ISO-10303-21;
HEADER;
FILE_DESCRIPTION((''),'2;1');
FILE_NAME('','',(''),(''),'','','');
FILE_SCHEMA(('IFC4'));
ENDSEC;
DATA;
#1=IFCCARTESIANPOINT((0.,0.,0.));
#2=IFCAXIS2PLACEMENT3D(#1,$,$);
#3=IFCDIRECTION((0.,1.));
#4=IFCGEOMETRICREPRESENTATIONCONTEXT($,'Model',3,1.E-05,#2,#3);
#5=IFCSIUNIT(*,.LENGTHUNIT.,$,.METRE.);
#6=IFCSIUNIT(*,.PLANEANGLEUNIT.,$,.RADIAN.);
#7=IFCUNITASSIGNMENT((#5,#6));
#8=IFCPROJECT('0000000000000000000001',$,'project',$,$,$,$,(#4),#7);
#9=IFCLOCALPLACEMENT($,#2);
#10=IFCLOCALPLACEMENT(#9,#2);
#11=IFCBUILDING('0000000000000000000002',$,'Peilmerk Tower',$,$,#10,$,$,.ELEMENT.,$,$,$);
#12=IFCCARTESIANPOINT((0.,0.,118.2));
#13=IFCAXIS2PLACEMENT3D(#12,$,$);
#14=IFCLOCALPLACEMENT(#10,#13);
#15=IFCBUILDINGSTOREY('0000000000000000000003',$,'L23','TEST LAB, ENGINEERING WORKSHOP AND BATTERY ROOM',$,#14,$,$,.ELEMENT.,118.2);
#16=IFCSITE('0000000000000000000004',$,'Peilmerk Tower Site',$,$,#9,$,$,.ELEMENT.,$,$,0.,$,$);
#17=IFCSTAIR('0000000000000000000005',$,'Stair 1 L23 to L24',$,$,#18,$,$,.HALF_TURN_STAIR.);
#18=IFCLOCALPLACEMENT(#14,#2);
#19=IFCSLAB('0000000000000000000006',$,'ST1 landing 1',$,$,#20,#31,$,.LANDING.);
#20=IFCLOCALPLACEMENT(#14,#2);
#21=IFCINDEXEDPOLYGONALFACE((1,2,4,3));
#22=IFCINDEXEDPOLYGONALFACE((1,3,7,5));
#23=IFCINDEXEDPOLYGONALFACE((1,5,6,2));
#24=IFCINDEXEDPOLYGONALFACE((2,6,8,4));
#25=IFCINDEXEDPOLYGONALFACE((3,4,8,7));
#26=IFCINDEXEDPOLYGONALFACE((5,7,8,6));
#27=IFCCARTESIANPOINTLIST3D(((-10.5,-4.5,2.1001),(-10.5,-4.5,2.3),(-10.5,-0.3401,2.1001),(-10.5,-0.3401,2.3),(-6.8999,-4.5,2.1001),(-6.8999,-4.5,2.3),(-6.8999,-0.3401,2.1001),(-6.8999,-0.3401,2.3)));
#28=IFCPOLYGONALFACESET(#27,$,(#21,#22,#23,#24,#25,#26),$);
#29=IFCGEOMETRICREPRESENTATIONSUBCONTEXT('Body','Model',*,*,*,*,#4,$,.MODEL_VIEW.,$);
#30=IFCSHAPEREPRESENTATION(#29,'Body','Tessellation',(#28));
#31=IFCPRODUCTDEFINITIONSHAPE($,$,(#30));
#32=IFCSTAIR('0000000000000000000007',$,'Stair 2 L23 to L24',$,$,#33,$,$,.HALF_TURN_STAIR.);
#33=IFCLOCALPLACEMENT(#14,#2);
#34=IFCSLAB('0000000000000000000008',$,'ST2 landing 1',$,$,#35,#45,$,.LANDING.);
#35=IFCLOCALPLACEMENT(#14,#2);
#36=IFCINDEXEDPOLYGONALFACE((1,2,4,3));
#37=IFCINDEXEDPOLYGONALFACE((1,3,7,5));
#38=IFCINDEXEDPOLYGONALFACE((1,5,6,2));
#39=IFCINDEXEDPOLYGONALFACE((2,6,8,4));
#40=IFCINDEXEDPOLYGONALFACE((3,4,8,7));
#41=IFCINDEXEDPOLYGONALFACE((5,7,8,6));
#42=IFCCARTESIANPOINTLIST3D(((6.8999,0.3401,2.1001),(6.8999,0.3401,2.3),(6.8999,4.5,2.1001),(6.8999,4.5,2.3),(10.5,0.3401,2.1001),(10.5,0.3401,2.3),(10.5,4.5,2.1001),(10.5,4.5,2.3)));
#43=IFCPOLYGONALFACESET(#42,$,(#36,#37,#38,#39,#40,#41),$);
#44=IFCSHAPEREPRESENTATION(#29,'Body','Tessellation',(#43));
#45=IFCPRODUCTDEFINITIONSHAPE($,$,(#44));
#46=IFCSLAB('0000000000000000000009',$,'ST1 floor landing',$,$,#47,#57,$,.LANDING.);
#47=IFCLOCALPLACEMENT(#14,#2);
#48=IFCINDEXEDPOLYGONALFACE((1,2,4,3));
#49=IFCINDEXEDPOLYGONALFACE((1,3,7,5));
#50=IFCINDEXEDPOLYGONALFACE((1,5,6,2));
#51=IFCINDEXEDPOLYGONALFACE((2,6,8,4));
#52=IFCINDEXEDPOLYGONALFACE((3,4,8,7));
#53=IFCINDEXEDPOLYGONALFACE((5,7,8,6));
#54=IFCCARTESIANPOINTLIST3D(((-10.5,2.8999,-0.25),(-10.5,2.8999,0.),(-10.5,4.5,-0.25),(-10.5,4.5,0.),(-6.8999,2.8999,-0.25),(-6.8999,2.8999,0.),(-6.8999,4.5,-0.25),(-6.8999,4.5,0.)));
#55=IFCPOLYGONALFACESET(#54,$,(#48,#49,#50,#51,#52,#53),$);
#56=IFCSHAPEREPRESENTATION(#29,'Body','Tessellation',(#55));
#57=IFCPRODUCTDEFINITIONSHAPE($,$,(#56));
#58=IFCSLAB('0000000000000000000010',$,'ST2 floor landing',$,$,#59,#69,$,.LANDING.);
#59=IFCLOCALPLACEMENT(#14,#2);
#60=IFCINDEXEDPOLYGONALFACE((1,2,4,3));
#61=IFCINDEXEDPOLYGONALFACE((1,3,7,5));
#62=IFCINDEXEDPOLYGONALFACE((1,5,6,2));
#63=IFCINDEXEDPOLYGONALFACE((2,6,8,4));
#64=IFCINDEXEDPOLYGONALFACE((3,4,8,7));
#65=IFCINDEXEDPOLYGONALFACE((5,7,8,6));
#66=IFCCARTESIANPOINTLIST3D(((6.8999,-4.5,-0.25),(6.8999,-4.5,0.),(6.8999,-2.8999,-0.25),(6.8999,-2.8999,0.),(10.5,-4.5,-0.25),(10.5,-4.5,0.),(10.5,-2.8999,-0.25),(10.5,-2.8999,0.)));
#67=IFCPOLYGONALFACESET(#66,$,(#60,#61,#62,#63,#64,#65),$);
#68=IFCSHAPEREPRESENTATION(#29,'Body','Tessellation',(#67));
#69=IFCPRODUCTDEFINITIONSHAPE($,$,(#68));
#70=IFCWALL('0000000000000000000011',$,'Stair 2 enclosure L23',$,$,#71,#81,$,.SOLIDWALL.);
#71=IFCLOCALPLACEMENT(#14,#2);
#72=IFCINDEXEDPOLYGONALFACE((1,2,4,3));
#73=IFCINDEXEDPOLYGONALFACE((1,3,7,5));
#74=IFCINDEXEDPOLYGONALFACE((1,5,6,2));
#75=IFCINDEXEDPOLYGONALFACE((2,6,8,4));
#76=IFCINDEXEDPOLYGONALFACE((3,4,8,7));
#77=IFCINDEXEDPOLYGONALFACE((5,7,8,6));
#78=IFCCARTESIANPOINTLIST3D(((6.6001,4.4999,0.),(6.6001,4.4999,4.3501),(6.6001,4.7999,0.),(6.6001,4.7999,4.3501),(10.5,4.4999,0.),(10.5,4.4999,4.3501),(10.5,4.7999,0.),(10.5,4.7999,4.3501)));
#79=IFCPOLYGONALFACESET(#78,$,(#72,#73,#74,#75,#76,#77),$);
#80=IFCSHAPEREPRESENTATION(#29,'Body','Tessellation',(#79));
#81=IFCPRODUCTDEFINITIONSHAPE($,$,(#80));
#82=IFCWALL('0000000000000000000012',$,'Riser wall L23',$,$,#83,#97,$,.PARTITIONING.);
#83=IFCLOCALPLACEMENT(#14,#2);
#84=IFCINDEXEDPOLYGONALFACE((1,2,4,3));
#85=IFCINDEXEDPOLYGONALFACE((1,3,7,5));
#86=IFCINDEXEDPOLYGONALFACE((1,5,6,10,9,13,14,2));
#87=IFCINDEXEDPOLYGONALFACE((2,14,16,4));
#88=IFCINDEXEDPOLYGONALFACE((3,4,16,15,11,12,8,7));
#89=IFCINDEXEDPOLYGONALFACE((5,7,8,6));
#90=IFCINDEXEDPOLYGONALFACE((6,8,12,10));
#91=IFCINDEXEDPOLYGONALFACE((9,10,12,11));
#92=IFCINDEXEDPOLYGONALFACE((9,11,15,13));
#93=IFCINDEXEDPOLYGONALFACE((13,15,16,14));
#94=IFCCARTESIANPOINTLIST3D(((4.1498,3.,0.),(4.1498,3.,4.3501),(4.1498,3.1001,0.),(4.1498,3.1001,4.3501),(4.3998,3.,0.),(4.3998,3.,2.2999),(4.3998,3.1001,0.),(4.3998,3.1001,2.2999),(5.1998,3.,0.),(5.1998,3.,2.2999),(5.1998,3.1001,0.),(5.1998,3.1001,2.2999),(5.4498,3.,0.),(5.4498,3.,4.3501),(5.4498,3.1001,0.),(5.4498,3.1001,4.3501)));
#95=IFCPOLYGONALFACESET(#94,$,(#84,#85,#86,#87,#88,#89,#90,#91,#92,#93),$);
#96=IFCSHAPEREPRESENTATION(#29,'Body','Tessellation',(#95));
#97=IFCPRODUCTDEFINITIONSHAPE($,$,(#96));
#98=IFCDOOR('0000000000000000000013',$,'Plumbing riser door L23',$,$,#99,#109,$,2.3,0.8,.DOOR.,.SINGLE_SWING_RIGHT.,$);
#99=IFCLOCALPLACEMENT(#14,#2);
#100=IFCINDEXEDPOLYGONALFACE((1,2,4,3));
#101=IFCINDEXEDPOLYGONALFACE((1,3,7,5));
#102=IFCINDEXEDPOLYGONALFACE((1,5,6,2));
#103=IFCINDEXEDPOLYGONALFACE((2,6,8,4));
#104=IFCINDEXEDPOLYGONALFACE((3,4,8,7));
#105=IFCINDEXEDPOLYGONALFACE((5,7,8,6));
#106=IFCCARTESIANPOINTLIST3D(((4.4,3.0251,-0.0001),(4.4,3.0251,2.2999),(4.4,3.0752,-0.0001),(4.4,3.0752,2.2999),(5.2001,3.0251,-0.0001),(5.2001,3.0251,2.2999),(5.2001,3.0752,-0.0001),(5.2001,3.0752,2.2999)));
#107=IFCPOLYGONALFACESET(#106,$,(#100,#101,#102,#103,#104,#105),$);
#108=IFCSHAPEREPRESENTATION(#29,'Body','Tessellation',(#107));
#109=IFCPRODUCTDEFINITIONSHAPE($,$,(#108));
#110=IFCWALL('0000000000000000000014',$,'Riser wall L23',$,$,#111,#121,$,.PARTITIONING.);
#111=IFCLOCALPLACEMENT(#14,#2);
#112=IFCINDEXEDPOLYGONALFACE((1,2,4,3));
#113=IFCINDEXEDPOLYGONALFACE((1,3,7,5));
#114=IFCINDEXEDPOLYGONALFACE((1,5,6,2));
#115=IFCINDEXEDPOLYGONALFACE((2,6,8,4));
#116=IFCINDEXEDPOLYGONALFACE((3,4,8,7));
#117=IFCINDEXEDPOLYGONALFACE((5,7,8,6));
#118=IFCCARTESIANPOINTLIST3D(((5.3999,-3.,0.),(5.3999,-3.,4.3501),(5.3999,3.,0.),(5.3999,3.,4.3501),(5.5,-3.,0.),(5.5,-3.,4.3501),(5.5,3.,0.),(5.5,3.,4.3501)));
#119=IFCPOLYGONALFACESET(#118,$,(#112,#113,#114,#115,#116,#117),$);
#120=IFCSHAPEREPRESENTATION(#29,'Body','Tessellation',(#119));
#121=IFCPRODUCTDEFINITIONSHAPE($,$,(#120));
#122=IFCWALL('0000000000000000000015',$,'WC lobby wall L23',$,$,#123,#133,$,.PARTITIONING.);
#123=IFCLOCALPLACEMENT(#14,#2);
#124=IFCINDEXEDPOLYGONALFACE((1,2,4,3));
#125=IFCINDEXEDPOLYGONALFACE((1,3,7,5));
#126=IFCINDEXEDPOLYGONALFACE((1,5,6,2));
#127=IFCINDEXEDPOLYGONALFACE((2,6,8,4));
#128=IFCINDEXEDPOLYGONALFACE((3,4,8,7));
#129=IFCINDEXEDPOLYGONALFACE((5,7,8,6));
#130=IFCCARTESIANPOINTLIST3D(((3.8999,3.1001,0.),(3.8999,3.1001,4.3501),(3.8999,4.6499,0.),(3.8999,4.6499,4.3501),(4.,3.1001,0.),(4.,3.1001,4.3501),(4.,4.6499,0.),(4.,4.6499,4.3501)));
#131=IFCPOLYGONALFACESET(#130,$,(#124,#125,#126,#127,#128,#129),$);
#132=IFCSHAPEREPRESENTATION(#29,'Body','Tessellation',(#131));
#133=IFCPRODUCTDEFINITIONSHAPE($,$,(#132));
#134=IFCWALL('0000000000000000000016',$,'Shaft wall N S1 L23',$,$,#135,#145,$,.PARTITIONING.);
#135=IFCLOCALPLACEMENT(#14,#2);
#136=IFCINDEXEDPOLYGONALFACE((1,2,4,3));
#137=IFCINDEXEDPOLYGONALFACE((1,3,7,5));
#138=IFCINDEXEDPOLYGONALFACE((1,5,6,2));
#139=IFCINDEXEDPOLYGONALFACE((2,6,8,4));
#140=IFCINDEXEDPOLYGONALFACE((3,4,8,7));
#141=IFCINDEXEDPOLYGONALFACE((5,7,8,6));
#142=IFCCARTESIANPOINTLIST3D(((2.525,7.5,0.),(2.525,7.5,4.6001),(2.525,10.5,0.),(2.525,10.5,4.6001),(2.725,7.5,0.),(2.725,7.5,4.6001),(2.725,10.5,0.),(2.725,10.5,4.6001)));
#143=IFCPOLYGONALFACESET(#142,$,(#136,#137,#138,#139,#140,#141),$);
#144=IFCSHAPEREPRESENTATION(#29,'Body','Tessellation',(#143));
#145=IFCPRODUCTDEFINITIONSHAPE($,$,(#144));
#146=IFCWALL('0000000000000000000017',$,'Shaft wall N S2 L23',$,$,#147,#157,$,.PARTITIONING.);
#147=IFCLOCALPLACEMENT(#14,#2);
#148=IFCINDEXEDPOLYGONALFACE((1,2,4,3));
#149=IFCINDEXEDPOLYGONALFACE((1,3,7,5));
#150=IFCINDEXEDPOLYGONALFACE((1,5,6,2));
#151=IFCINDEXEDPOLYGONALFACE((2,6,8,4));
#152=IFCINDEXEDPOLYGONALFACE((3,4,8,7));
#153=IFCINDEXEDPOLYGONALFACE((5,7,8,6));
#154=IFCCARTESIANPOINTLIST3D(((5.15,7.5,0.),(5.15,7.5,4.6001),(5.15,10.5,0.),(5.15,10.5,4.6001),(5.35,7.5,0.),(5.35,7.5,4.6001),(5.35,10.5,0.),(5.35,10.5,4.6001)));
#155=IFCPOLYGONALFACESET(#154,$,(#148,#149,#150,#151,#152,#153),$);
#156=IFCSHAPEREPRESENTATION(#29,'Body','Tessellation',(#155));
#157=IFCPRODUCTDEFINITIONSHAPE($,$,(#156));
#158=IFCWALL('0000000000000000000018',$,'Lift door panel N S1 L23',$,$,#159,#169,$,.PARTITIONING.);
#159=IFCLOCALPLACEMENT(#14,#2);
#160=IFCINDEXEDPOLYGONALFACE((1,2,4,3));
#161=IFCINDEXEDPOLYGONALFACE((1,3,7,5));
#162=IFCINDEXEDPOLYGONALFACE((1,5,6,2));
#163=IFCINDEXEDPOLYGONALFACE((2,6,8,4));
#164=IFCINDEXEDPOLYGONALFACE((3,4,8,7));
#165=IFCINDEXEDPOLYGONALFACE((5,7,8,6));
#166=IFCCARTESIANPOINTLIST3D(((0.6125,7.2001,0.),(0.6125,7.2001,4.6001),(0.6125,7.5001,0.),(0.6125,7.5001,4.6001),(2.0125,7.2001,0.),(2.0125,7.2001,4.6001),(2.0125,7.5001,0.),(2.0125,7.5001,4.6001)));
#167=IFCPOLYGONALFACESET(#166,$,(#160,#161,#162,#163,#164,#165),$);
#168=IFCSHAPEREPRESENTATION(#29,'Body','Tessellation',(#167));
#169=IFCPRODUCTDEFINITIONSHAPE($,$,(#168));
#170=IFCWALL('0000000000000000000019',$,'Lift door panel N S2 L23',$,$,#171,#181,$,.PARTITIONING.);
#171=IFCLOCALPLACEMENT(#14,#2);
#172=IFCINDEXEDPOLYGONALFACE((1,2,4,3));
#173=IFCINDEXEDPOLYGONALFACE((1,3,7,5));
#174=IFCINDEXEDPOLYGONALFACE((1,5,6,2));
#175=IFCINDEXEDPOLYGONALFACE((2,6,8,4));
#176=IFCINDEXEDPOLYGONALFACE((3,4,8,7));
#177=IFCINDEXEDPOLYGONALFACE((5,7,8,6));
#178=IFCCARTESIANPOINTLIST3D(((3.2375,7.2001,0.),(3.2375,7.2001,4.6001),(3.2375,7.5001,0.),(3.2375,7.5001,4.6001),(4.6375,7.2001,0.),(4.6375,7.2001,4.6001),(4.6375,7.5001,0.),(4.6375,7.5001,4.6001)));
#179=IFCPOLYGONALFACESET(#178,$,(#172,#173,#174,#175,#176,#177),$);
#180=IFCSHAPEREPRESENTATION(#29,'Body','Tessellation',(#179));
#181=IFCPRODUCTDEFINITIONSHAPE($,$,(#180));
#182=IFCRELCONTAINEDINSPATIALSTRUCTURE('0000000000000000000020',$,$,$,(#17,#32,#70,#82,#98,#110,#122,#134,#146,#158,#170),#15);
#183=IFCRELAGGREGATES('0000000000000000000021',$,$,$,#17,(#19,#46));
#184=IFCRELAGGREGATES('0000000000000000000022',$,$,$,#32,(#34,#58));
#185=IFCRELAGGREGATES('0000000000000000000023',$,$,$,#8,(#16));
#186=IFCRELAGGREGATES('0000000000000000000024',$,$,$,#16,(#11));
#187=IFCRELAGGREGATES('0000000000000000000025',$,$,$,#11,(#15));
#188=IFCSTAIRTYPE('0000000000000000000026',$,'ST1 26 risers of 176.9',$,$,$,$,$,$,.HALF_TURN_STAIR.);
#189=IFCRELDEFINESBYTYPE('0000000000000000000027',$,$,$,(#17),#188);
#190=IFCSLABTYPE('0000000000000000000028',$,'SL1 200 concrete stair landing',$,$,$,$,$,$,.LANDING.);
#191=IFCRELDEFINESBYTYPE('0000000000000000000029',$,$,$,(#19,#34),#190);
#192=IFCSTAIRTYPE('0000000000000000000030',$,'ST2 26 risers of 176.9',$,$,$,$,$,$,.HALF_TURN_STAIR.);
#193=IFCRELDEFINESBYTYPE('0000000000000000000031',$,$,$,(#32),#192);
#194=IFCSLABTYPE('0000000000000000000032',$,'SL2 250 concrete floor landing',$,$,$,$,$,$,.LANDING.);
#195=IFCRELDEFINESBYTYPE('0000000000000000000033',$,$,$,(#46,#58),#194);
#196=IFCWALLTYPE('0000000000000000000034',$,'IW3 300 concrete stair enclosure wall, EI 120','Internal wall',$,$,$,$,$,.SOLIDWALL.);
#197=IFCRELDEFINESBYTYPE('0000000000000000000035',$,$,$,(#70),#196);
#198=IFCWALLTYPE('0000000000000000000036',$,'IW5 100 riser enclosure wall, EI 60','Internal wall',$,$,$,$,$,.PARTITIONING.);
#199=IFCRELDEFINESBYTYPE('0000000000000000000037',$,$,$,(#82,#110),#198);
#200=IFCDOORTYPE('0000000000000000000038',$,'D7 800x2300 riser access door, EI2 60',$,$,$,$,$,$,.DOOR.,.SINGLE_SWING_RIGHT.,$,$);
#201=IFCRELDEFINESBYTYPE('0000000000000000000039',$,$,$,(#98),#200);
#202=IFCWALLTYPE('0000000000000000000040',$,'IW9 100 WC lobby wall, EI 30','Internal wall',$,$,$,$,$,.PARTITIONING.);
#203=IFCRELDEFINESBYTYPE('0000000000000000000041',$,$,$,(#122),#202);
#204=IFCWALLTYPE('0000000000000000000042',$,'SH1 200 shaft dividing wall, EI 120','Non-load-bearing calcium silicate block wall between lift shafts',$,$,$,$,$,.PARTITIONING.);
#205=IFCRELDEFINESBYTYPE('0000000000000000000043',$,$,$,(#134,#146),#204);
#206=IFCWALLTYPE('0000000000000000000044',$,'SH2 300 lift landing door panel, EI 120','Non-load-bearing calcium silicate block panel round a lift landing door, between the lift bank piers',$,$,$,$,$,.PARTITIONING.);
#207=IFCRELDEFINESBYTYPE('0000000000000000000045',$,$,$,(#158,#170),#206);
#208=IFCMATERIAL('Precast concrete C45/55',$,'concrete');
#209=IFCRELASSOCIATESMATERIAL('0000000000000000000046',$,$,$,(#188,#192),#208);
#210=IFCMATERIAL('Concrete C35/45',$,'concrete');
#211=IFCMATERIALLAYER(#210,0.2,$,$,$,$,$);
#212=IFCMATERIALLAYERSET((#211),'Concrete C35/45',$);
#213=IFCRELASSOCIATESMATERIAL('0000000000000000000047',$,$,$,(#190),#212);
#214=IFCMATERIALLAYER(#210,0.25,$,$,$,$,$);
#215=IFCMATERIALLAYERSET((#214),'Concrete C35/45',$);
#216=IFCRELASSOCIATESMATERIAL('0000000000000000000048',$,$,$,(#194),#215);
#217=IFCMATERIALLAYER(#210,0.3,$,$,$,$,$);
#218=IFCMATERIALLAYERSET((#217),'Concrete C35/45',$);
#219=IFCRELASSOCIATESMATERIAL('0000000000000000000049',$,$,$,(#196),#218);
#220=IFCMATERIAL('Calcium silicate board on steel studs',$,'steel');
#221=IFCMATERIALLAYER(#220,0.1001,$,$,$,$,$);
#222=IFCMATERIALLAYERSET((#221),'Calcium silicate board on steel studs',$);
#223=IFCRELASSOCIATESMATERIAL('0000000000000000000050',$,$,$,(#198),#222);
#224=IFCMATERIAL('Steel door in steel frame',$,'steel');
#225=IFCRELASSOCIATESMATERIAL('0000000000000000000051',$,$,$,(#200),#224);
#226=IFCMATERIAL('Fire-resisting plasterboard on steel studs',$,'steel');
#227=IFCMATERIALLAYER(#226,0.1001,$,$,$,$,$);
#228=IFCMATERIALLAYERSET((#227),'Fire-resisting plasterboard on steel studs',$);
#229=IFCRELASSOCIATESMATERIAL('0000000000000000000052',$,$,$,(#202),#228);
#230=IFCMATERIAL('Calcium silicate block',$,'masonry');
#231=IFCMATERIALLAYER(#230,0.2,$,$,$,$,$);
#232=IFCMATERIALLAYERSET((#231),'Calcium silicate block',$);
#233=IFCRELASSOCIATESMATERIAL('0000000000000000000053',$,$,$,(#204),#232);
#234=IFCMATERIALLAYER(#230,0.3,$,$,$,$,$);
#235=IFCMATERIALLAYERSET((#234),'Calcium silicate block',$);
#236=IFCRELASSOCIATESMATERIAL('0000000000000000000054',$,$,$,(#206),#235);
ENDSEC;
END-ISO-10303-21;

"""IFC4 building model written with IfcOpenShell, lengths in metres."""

from ifc_helpers import new_model, si_unit, direction, frame, frame_2d, origin, place, context, subcontext, project, spatial, polyline, rectangle, outline, extrude, material, layer, layer_set, type_object, element, fill, aggregate, save


model = new_model("IFC4")

# Units and contexts
model_context = context("Model", 3, precision=1e-05, world=origin(), true_north=direction((0.0, 1.0)))
body_context = subcontext(model_context, "Body", "Model", "MODEL_VIEW")
ifc_project = project(units=[si_unit("LENGTHUNIT", "METRE"), si_unit("PLANEANGLEUNIT", "RADIAN")], contexts=[model_context])

# Site, building, storey
site_placement = place(None, origin())
site = spatial("IfcSite", under=ifc_project, at=site_placement, Name="Peilmerk Tower Site", CompositionType="ELEMENT", RefElevation=0.0)
building_placement = place(site_placement, origin())
building = spatial("IfcBuilding", under=site, at=building_placement, Name="Peilmerk Tower", CompositionType="ELEMENT")
storey_placement = place(building_placement, frame((0.0, 0.0, 118.2)))
storey = spatial("IfcBuildingStorey", under=building, at=storey_placement, Name="L23", Description="TEST LAB, ENGINEERING WORKSHOP AND BATTERY ROOM", CompositionType="ELEMENT", Elevation=118.2)

# Stairs, slabs
ifc_material_1 = material(Name="Precast concrete C45/55", Category="concrete")
stair_type_1 = type_object("IfcStairType", Name="ST1 26 risers of 176.9", PredefinedType="HALF_TURN_STAIR", material=ifc_material_1)
stair_1_placement = place(storey_placement, origin())
stair_1 = element("IfcStair", 1, at=stair_1_placement, inside=storey, type_object=stair_type_1, Name="Stair 1 L23 to L24", PredefinedType="HALF_TURN_STAIR")
ifc_material_2 = material(Name="Concrete C35/45", Category="concrete")
ifc_layer_1 = layer(ifc_material_2, 0.2)
ifc_layer_set_1 = layer_set([ifc_layer_1], Name="Concrete C35/45")
slab_type_1 = type_object("IfcSlabType", Name="SL1 200 concrete stair landing", PredefinedType="LANDING", material=ifc_layer_set_1)
slab_1_placement = place(storey_placement, frame((0.0, 0.0, 2.1001)))
slab_1 = element("IfcSlab", 2, at=slab_1_placement, type_object=slab_type_1, Name="ST1 landing 1", PredefinedType="LANDING", context=body_context, shape_type="SweptSolid", body=[
    extrude(outline(polyline([(-10.5, -4.5), (-6.8999, -4.5), (-6.8999, -0.3401), (-10.5, -0.3401), (-10.5, -4.5)])), origin(), (0.0, 0.0, 1.0), 0.2),
])
stair_type_2 = type_object("IfcStairType", Name="ST2 26 risers of 176.9", PredefinedType="HALF_TURN_STAIR", material=ifc_material_1)
stair_2_placement = place(storey_placement, origin())
stair_2 = element("IfcStair", 3, at=stair_2_placement, inside=storey, type_object=stair_type_2, Name="Stair 2 L23 to L24", PredefinedType="HALF_TURN_STAIR")
slab_2_placement = place(storey_placement, frame((0.0, 0.0, 2.1001)))
slab_2 = element("IfcSlab", 4, at=slab_2_placement, type_object=slab_type_1, Name="ST2 landing 1", PredefinedType="LANDING", context=body_context, shape_type="SweptSolid", body=[
    extrude(outline(polyline([(6.8999, 0.3401), (10.5, 0.3401), (10.5, 4.5), (6.8999, 4.5), (6.8999, 0.3401)])), origin(), (0.0, 0.0, 1.0), 0.2),
])

# Slabs
ifc_layer_2 = layer(ifc_material_2, 0.25)
ifc_layer_set_2 = layer_set([ifc_layer_2], Name="Concrete C35/45")
slab_type_2 = type_object("IfcSlabType", Name="SL2 250 concrete floor landing", PredefinedType="LANDING", material=ifc_layer_set_2)
slab_3_placement = place(storey_placement, frame((0.0, 0.0, -0.25)))
slab_3 = element("IfcSlab", 5, at=slab_3_placement, type_object=slab_type_2, Name="ST1 floor landing", PredefinedType="LANDING", context=body_context, shape_type="SweptSolid", body=[
    extrude(outline(polyline([(-10.5, 2.8999), (-6.8999, 2.8999), (-6.8999, 4.5), (-10.5, 4.5), (-10.5, 2.8999)])), origin(), (0.0, 0.0, 1.0), 0.25),
])
aggregate(stair_1, [slab_1, slab_3])
slab_4_placement = place(storey_placement, frame((0.0, 0.0, -0.25)))
slab_4 = element("IfcSlab", 6, at=slab_4_placement, type_object=slab_type_2, Name="ST2 floor landing", PredefinedType="LANDING", context=body_context, shape_type="SweptSolid", body=[
    extrude(outline(polyline([(6.8999, -4.5), (10.5, -4.5), (10.5, -2.8999), (6.8999, -2.8999), (6.8999, -4.5)])), origin(), (0.0, 0.0, 1.0), 0.25),
])

# Wall
ifc_layer_3 = layer(ifc_material_2, 0.3)
ifc_layer_set_3 = layer_set([ifc_layer_3], Name="Concrete C35/45")
wall_type_1 = type_object("IfcWallType", Name="IW3 300 concrete stair enclosure wall, EI 120", Description="Internal wall", PredefinedType="SOLIDWALL", material=ifc_layer_set_3)
wall_1_placement = place(storey_placement, frame((6.6001, 4.6499, 0.0), z_axis=(0.0, 0.0, 1.0), x_axis=(1.0, 0.0, 0.0)))
element("IfcWall", 7, at=wall_1_placement, inside=storey, type_object=wall_type_1, Name="Stair 2 enclosure L23", PredefinedType="SOLIDWALL", context=body_context, shape_type="SweptSolid", body=[
    extrude(rectangle(XDim=3.8999, YDim=0.3, at=frame_2d((1.95, 0.0))), origin(), (0.0, 0.0, 1.0), 4.3501),
])

# Wall, opening, door
ifc_material_3 = material(Name="Calcium silicate board on steel studs", Category="steel")
ifc_layer_4 = layer(ifc_material_3, 0.1001)
ifc_layer_set_4 = layer_set([ifc_layer_4], Name="Calcium silicate board on steel studs")
wall_type_2 = type_object("IfcWallType", Name="IW5 100 riser enclosure wall, EI 60", Description="Internal wall", PredefinedType="PARTITIONING", material=ifc_layer_set_4)
wall_2_placement = place(storey_placement, frame((4.1499, 3.05, 0.0), z_axis=(0.0, 0.0, 1.0), x_axis=(1.0, 0.0, 0.0)))
wall_2 = element("IfcWall", 8, at=wall_2_placement, inside=storey, type_object=wall_type_2, Name="Riser wall L23", PredefinedType="PARTITIONING", context=body_context, shape_type="SweptSolid", body=[
    extrude(rectangle(XDim=1.3, YDim=0.1001, at=frame_2d((0.6499, 0.0))), origin(), (0.0, 0.0, 1.0), 4.3501),
])
opening_1_placement = place(wall_2_placement, frame((0.25, 0.0, 0.0)))
opening_1 = element("IfcOpeningElement", 9, at=opening_1_placement, cuts=wall_2, PredefinedType="OPENING", context=body_context, shape_type="SweptSolid", body=[
    extrude(rectangle(XDim=0.8, YDim=2.3, at=frame_2d((0.3999, 1.1499))), frame((0.0, 0.0601, 0.0), z_axis=(0.0, -1.0, 0.0), x_axis=(1.0, 0.0, 0.0)), (0.0, 0.0, 1.0), 0.1201),
])
ifc_material_4 = material(Name="Steel door in steel frame", Category="steel")
door_type_1 = type_object("IfcDoorType", Name="D7 800x2300 riser access door, EI2 60", OperationType="SINGLE_SWING_RIGHT", PredefinedType="DOOR", material=ifc_material_4)
door_1_placement = place(opening_1_placement, frame((0.8, 0.0, 0.0), z_axis=(0.0, 0.0, 1.0), x_axis=(-1.0, 0.0, 0.0)))
door_1 = element("IfcDoor", 10, at=door_1_placement, inside=storey, type_object=door_type_1, Name="Plumbing riser door L23", OperationType="SINGLE_SWING_RIGHT", OverallHeight=2.3, OverallWidth=0.8, PredefinedType="DOOR", context=body_context, shape_type="SweptSolid", body=[
    extrude(rectangle(XDim=0.8, YDim=2.3, at=frame_2d((0.3999, 1.1499))), frame((0.0, 0.0249, 0.0), z_axis=(0.0, -1.0, 0.0), x_axis=(1.0, 0.0, 0.0)), (0.0, 0.0, 1.0), 0.05),
])
fill(opening_1, door_1)

# Walls
wall_3_placement = place(storey_placement, frame((5.45, 3.0, 0.0), z_axis=(0.0, 0.0, 1.0), x_axis=(0.0, -1.0, 0.0)))
element("IfcWall", 11, at=wall_3_placement, inside=storey, type_object=wall_type_2, Name="Riser wall L23", PredefinedType="PARTITIONING", context=body_context, shape_type="SweptSolid", body=[
    extrude(rectangle(XDim=6.0, YDim=0.1001, at=frame_2d((3.0, 0.0))), origin(), (0.0, 0.0, 1.0), 4.3501),
])
ifc_material_5 = material(Name="Fire-resisting plasterboard on steel studs", Category="steel")
ifc_layer_5 = layer(ifc_material_5, 0.1001)
ifc_layer_set_5 = layer_set([ifc_layer_5], Name="Fire-resisting plasterboard on steel studs")
wall_type_3 = type_object("IfcWallType", Name="IW9 100 WC lobby wall, EI 30", Description="Internal wall", PredefinedType="PARTITIONING", material=ifc_layer_set_5)
wall_4_placement = place(storey_placement, frame((3.95, 3.1001, 0.0), z_axis=(0.0, 0.0, 1.0), x_axis=(0.0, 1.0, 0.0)))
element("IfcWall", 12, at=wall_4_placement, inside=storey, type_object=wall_type_3, Name="WC lobby wall L23", PredefinedType="PARTITIONING", context=body_context, shape_type="SweptSolid", body=[
    extrude(rectangle(XDim=1.5498, YDim=0.1001, at=frame_2d((0.7749, 0.0))), origin(), (0.0, 0.0, 1.0), 4.3501),
])
ifc_material_6 = material(Name="Calcium silicate block", Category="masonry")
ifc_layer_6 = layer(ifc_material_6, 0.2)
ifc_layer_set_6 = layer_set([ifc_layer_6], Name="Calcium silicate block")
wall_type_4 = type_object("IfcWallType", Name="SH1 200 shaft dividing wall, EI 120", Description="Non-load-bearing calcium silicate block wall between lift shafts", PredefinedType="PARTITIONING", material=ifc_layer_set_6)
for number, where, z_axis, x_axis, name in (
    (13, (2.625, 7.5, 0.0), (0.0, 0.0, 1.0), (0.0, 1.0, 0.0), "Shaft wall N S1 L23"),
    (14, (5.25, 7.5, 0.0), (0.0, 0.0, 1.0), (0.0, 1.0, 0.0), "Shaft wall N S2 L23"),
):
    element("IfcWall", number, at=place(storey_placement, frame(where, z_axis=z_axis, x_axis=x_axis)), inside=storey, type_object=wall_type_4, Name=name, PredefinedType="PARTITIONING", context=body_context, shape_type="SweptSolid", body=[
        extrude(rectangle(XDim=3.0, YDim=0.2, at=frame_2d((1.5, 0.0))), origin(), (0.0, 0.0, 1.0), 4.6001),
    ])
ifc_layer_7 = layer(ifc_material_6, 0.3)
ifc_layer_set_7 = layer_set([ifc_layer_7], Name="Calcium silicate block")
wall_type_5 = type_object("IfcWallType", Name="SH2 300 lift landing door panel, EI 120", Description="Non-load-bearing calcium silicate block panel round a lift landing door, between the lift bank piers", PredefinedType="PARTITIONING", material=ifc_layer_set_7)
for number, where, z_axis, x_axis, name in (
    (15, (0.6125, 7.3501, 0.0), (0.0, 0.0, 1.0), (1.0, 0.0, 0.0), "Lift door panel N S1 L23"),
    (16, (3.2375, 7.3501, 0.0), (0.0, 0.0, 1.0), (1.0, 0.0, 0.0), "Lift door panel N S2 L23"),
):
    element("IfcWall", number, at=place(storey_placement, frame(where, z_axis=z_axis, x_axis=x_axis)), inside=storey, type_object=wall_type_5, Name=name, PredefinedType="PARTITIONING", context=body_context, shape_type="SweptSolid", body=[
        extrude(rectangle(XDim=1.3999, YDim=0.3, at=frame_2d((0.7, 0.0))), origin(), (0.0, 0.0, 1.0), 4.6001),
    ])

aggregate(stair_2, [slab_2, slab_4])

save(model, "model.ifc")
